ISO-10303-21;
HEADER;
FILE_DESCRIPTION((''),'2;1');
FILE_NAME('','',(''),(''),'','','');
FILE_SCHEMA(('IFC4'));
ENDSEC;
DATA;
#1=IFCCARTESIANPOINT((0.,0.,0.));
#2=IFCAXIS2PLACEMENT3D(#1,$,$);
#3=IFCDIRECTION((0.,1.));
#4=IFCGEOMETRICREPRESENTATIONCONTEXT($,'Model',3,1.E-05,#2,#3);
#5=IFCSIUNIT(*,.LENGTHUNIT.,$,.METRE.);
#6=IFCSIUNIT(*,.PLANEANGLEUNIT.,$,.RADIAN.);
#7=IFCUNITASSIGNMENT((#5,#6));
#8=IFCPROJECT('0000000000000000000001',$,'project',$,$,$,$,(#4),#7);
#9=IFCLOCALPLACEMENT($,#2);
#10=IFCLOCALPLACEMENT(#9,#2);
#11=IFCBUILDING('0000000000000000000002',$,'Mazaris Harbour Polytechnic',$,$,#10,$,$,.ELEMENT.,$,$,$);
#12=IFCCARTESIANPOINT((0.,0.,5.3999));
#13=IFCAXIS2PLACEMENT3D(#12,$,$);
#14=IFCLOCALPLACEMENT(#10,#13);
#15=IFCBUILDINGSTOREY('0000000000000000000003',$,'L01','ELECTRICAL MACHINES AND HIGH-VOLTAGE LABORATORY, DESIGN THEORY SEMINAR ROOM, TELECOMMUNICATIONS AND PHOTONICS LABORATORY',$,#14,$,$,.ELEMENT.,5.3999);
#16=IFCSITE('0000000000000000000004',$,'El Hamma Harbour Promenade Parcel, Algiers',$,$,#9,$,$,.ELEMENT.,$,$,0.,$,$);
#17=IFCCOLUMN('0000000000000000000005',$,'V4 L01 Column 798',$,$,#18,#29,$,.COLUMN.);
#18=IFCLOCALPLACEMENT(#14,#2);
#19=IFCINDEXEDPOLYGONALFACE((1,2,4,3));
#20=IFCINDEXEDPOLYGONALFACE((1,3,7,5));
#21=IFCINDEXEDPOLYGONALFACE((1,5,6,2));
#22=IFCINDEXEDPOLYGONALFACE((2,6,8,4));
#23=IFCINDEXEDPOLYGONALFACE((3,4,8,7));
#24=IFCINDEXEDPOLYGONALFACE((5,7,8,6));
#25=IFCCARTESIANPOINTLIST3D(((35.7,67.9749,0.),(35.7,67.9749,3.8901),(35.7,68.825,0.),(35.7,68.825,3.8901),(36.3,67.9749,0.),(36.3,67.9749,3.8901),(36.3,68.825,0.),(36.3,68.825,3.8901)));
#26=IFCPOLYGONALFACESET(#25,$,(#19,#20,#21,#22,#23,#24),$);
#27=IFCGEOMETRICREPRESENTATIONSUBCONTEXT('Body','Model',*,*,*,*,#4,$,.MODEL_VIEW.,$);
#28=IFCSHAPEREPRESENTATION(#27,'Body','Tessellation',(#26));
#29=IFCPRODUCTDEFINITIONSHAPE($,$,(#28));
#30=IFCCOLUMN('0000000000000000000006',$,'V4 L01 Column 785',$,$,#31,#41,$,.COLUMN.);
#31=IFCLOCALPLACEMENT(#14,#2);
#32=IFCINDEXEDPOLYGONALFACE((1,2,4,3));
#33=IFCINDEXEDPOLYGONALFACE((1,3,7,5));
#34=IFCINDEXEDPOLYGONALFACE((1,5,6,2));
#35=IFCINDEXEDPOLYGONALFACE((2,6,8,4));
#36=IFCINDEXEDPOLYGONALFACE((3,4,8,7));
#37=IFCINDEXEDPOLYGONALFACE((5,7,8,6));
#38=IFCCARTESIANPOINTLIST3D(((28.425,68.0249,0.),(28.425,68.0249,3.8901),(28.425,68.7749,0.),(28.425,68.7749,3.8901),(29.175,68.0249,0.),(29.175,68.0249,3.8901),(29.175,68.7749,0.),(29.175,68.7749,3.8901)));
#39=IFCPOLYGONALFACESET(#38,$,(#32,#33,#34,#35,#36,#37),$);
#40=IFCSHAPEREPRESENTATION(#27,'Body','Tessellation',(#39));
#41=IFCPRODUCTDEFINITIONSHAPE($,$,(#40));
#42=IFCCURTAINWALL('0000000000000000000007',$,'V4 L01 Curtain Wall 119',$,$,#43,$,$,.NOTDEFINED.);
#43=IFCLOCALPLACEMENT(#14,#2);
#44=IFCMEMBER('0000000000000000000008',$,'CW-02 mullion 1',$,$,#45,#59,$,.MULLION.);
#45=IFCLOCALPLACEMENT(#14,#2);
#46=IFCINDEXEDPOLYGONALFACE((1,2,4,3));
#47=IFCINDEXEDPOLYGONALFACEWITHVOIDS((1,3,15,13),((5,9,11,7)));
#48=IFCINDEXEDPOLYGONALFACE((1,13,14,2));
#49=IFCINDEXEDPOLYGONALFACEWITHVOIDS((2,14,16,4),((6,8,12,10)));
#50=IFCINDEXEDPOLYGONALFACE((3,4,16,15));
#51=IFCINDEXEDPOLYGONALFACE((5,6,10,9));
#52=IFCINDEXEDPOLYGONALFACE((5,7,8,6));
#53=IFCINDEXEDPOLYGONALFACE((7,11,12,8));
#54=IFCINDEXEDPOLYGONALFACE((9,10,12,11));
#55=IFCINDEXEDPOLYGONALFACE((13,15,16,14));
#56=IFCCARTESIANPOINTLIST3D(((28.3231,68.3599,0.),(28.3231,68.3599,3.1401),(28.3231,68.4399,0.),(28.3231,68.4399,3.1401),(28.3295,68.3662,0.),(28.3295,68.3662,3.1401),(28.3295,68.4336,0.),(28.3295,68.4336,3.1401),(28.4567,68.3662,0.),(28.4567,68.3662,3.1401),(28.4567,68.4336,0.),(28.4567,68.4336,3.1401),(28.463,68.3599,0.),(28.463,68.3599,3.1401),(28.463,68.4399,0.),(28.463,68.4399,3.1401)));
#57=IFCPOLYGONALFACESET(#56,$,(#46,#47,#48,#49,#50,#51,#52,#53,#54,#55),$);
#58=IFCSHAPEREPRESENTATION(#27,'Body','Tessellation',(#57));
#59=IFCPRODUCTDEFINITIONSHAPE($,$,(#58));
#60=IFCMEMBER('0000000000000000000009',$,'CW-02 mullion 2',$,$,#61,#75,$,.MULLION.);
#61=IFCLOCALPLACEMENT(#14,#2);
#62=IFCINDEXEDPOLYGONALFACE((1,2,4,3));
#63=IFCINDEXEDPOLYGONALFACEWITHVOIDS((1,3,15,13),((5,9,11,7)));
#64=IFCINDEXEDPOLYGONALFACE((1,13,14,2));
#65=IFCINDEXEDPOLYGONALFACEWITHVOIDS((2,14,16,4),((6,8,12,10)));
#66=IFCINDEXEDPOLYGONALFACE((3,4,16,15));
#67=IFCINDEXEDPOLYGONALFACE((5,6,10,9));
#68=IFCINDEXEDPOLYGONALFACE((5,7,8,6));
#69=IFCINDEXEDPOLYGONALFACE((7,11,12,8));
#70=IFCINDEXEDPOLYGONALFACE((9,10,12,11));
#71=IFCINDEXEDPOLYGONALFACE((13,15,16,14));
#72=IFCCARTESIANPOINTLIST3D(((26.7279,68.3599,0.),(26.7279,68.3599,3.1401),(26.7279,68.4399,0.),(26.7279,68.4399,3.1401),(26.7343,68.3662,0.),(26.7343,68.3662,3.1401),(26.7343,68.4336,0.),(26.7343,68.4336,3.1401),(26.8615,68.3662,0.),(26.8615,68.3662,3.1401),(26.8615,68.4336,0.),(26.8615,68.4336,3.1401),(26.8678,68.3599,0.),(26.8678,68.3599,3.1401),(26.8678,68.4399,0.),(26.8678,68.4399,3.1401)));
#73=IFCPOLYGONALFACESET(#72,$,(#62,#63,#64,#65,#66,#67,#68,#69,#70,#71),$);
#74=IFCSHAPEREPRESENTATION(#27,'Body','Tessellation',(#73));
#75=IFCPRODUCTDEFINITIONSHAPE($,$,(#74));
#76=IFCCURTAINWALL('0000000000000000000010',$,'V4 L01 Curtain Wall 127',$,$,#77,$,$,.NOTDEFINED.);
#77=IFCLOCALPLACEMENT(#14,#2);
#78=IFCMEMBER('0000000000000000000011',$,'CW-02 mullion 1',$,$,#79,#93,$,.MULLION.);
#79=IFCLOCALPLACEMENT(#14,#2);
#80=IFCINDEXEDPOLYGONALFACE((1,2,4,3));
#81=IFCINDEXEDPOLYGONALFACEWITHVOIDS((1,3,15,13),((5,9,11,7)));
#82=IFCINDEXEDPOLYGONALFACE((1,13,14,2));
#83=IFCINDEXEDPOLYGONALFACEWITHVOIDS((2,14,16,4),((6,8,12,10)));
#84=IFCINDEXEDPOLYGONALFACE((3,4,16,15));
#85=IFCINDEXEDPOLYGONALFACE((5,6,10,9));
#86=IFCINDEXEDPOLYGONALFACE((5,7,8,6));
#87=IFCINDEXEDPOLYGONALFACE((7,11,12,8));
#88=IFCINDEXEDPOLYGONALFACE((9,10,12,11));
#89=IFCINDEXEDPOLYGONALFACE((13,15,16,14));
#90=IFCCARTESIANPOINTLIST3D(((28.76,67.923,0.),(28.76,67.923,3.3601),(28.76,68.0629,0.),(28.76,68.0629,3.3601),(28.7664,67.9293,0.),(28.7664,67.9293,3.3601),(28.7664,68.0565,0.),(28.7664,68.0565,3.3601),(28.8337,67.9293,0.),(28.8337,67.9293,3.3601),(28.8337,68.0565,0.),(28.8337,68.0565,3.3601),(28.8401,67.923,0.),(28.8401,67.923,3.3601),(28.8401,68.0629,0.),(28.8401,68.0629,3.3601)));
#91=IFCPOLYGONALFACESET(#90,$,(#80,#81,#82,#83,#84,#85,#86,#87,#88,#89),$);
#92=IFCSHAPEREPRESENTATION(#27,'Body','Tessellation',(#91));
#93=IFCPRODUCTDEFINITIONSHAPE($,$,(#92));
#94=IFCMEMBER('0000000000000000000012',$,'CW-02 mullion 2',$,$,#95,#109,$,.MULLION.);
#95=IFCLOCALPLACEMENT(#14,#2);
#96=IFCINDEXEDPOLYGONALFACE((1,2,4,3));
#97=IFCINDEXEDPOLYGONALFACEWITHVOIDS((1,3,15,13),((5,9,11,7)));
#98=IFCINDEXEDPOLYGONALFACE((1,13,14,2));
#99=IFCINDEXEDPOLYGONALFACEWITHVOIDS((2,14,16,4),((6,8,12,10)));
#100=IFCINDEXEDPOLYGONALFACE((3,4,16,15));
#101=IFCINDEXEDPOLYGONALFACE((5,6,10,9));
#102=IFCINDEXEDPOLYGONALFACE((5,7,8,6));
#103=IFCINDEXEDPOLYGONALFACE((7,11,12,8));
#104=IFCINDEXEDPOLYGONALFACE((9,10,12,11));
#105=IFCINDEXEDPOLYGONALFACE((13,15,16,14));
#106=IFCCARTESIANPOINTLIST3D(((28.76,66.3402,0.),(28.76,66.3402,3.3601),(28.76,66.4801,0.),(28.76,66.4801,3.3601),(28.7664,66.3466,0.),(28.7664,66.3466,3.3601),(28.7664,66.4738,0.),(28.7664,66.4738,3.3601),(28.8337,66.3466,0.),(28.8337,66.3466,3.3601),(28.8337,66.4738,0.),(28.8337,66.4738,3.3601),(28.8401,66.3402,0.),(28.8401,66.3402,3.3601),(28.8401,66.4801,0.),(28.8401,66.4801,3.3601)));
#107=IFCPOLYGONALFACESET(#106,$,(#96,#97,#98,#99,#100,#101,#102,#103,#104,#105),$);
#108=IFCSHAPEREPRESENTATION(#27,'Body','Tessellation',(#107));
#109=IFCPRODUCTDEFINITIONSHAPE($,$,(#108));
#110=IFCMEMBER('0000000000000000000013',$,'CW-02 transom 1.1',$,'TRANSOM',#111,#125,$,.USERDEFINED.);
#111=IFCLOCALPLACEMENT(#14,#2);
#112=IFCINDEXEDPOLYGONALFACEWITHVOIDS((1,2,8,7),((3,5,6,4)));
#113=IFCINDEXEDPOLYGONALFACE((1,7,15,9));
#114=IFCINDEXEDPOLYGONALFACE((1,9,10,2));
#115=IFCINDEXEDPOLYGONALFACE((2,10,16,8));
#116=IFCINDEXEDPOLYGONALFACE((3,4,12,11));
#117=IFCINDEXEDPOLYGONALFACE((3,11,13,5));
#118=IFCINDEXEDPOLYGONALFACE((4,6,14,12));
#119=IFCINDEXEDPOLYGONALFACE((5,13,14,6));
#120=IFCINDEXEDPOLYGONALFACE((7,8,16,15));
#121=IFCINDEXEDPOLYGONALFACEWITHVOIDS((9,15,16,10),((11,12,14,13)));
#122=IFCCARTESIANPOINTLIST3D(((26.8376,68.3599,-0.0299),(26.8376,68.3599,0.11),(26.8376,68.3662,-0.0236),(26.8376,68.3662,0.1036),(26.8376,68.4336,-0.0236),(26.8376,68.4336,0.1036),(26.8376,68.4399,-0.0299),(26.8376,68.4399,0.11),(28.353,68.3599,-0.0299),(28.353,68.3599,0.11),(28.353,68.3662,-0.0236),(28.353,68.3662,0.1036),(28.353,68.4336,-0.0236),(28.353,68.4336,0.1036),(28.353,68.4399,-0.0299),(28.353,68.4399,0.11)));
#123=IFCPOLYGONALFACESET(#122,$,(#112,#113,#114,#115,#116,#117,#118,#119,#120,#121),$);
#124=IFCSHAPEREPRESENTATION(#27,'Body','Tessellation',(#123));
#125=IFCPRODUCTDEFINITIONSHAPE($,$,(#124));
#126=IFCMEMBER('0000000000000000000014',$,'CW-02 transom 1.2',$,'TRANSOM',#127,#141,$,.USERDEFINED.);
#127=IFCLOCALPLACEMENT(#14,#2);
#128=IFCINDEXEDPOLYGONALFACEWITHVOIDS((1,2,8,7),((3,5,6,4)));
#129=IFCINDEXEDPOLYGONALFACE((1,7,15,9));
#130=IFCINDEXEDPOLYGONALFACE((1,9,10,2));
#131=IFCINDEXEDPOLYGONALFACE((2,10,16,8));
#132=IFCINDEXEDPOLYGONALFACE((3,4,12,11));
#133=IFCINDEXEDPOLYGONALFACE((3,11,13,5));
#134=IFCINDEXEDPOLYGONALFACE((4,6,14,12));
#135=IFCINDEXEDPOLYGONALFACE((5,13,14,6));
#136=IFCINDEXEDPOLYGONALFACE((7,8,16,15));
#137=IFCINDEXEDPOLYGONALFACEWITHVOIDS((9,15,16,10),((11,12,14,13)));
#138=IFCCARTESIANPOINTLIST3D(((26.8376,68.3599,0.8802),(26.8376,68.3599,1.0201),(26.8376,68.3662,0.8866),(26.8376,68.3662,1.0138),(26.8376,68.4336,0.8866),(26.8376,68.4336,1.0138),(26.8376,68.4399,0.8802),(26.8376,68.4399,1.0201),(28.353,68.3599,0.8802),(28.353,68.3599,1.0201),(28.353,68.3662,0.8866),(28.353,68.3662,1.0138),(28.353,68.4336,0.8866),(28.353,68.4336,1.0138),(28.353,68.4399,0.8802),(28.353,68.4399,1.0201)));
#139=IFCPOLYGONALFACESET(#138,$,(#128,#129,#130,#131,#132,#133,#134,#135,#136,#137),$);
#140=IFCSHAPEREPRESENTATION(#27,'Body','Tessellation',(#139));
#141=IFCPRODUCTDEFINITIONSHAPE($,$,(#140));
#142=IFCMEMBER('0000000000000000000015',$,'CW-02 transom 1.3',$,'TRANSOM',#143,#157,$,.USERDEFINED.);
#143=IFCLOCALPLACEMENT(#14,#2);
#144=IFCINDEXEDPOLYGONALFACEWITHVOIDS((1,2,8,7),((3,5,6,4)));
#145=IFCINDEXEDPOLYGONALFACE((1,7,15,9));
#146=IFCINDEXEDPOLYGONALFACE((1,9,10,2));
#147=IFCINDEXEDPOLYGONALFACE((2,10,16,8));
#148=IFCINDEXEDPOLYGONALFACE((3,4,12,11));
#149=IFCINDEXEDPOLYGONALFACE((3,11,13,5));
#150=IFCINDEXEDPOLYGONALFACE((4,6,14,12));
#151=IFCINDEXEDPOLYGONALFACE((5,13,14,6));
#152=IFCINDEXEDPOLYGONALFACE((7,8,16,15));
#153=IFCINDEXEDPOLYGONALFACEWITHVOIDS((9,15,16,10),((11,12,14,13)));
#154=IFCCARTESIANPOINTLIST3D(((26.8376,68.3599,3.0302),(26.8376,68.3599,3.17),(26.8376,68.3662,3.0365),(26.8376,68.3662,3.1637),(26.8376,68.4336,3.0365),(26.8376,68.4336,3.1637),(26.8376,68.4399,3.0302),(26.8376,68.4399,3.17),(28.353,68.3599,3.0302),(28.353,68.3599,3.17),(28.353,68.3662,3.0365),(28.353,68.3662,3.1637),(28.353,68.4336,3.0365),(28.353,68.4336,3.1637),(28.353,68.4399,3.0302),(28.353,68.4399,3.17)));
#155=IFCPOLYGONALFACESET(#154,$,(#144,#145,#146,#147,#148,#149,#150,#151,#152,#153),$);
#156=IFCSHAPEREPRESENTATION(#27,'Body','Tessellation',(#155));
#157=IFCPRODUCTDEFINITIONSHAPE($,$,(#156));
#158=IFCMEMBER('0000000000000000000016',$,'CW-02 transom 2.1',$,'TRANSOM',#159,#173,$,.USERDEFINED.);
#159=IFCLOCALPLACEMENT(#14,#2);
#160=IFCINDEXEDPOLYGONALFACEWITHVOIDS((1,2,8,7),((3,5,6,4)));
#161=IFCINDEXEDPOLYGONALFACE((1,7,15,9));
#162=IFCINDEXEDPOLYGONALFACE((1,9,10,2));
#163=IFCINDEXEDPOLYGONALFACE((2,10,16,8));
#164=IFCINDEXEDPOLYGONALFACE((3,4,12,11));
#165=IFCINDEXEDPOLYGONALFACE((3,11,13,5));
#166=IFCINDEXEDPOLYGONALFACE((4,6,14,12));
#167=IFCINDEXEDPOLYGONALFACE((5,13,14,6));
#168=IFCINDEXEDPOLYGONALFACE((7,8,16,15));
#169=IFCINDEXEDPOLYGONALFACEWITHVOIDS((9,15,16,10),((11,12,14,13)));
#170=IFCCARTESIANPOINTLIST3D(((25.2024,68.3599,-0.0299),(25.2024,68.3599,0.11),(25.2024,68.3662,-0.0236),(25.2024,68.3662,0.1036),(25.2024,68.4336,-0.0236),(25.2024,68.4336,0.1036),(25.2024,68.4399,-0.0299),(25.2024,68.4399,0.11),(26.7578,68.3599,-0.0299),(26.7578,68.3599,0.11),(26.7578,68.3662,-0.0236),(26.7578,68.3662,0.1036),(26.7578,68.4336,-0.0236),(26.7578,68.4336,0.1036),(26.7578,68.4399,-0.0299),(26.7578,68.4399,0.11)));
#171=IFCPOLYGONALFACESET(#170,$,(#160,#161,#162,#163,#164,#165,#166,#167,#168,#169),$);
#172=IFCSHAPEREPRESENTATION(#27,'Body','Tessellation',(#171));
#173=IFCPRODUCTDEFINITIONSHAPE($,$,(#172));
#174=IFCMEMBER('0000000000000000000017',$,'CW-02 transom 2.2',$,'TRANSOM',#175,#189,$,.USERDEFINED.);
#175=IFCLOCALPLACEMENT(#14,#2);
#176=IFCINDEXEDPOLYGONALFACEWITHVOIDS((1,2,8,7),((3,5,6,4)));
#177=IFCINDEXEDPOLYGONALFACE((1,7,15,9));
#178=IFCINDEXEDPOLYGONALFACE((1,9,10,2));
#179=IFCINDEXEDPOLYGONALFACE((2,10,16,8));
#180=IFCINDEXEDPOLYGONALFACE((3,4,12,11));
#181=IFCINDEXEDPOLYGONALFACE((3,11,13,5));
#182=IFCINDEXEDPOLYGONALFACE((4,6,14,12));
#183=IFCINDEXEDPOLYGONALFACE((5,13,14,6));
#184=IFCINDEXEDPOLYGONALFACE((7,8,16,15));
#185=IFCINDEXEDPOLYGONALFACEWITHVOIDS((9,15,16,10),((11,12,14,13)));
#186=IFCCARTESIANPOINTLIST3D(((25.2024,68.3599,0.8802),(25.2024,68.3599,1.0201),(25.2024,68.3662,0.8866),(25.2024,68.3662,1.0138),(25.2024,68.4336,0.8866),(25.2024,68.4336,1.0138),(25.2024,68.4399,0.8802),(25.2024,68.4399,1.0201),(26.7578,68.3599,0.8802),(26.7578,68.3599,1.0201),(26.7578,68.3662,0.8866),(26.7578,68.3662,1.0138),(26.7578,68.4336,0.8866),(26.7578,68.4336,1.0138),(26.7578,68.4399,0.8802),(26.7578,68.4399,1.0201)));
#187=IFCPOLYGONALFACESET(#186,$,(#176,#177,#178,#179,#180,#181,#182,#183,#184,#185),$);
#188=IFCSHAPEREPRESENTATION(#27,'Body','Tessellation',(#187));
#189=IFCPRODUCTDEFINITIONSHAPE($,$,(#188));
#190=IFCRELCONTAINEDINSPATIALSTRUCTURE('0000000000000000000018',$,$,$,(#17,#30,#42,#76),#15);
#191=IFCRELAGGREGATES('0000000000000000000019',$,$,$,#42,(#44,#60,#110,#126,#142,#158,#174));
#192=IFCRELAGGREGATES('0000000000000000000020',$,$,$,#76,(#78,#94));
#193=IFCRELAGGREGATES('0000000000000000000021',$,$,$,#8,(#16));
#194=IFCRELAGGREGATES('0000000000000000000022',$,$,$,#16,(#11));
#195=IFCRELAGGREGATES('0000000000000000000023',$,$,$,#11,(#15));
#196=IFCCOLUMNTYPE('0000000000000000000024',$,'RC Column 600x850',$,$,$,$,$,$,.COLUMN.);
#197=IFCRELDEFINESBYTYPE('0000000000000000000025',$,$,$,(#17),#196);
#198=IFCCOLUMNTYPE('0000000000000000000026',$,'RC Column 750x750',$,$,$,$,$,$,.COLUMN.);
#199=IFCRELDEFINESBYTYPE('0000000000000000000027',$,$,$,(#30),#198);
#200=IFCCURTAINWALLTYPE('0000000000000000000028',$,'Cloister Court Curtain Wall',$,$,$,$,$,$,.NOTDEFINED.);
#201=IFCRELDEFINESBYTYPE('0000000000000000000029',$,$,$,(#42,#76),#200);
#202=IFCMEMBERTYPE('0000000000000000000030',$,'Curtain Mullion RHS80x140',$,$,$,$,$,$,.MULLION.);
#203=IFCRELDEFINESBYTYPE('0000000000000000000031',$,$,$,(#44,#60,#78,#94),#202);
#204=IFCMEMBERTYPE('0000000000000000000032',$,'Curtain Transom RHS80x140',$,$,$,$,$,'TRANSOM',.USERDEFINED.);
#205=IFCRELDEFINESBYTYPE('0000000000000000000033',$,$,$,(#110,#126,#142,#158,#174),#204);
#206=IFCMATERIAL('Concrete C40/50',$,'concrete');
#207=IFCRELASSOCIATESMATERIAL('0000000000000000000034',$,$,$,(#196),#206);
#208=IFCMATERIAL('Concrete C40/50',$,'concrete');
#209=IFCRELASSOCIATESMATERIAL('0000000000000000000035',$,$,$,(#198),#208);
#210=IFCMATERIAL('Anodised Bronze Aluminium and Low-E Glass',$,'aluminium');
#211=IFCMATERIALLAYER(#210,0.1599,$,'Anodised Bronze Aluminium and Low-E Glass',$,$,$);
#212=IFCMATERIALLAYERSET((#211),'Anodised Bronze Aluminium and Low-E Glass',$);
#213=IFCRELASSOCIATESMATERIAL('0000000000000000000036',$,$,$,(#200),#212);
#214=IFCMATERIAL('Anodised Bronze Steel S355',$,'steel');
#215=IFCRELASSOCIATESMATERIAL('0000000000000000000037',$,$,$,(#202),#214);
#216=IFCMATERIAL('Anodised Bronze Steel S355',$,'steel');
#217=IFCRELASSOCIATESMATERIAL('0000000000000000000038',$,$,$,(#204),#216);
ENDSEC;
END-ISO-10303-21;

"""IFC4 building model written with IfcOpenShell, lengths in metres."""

from ifc_helpers import new_model, si_unit, direction, frame, origin, origin_2d, place, context, subcontext, project, spatial, rectangle, hollow_rectangle, extrude, material, layer, layer_set, material_profile, profile_set, type_object, element, aggregate, save


model = new_model("IFC4")

# Units and contexts
model_context = context("Model", 3, precision=1e-05, world=origin(), true_north=direction((0.0, 1.0)))
body_context = subcontext(model_context, "Body", "Model", "MODEL_VIEW")
ifc_project = project(units=[si_unit("LENGTHUNIT", "METRE"), si_unit("PLANEANGLEUNIT", "RADIAN")], contexts=[model_context])

# Site, building, storey
site_placement = place(None, origin())
site = spatial("IfcSite", under=ifc_project, at=site_placement, Name="El Hamma Harbour Promenade Parcel, Algiers", CompositionType="ELEMENT", RefElevation=0.0)
building_placement = place(site_placement, origin())
building = spatial("IfcBuilding", under=site, at=building_placement, Name="Mazaris Harbour Polytechnic", CompositionType="ELEMENT")
storey_placement = place(building_placement, frame((0.0, 0.0, 5.3999)))
storey = spatial("IfcBuildingStorey", under=building, at=storey_placement, Name="L01", Description="ELECTRICAL MACHINES AND HIGH-VOLTAGE LABORATORY, DESIGN THEORY SEMINAR ROOM, TELECOMMUNICATIONS AND PHOTONICS LABORATORY", CompositionType="ELEMENT", Elevation=5.3999)

# Columns
ifc_material_1 = material(Name="Concrete C40/50", Category="concrete")
ifc_material_profile_1 = material_profile(ifc_material_1, rectangle(XDim=0.6001, YDim=0.8501, at=origin_2d()), Name="RECT600x850")
ifc_profile_set_1 = profile_set([ifc_material_profile_1], Name="Concrete C40/50")
column_type_1 = type_object("IfcColumnType", Name="RC Column 600x850", PredefinedType="COLUMN", material=ifc_profile_set_1)
column_1_placement = place(storey_placement, frame((36.0, 68.3999, 0.0), z_axis=(0.0, 0.0, 1.0), x_axis=(1.0, 0.0, 0.0)))
element("IfcColumn", 1, at=column_1_placement, inside=storey, type_object=column_type_1, Name="V4 L01 Column 798", PredefinedType="COLUMN", context=body_context, shape_type="SweptSolid", body=[
    extrude(rectangle(XDim=0.6001, YDim=0.8501, at=origin_2d()), origin(), (0.0, 0.0, 1.0), 3.8901),
])
ifc_material_2 = material(Name="Concrete C40/50", Category="concrete")
ifc_material_profile_2 = material_profile(ifc_material_2, rectangle(XDim=0.75, YDim=0.75, at=origin_2d()), Name="RECT750x750")
ifc_profile_set_2 = profile_set([ifc_material_profile_2], Name="Concrete C40/50")
column_type_2 = type_object("IfcColumnType", Name="RC Column 750x750", PredefinedType="COLUMN", material=ifc_profile_set_2)
column_2_placement = place(storey_placement, frame((28.8, 68.3999, 0.0), z_axis=(0.0, 0.0, 1.0), x_axis=(1.0, 0.0, 0.0)))
element("IfcColumn", 2, at=column_2_placement, inside=storey, type_object=column_type_2, Name="V4 L01 Column 785", PredefinedType="COLUMN", context=body_context, shape_type="SweptSolid", body=[
    extrude(rectangle(XDim=0.75, YDim=0.75, at=origin_2d()), origin(), (0.0, 0.0, 1.0), 3.8901),
])

# Curtain walls, members
ifc_material_3 = material(Name="Anodised Bronze Aluminium and Low-E Glass", Category="aluminium")
ifc_layer_1 = layer(ifc_material_3, 0.1599, Name="Anodised Bronze Aluminium and Low-E Glass")
ifc_layer_set_1 = layer_set([ifc_layer_1], Name="Anodised Bronze Aluminium and Low-E Glass")
curtain_wall_type = type_object("IfcCurtainWallType", Name="Cloister Court Curtain Wall", PredefinedType="NOTDEFINED", material=ifc_layer_set_1)
curtain_wall_1_placement = place(storey_placement, origin())
curtain_wall_1 = element("IfcCurtainWall", 3, at=curtain_wall_1_placement, inside=storey, type_object=curtain_wall_type, Name="V4 L01 Curtain Wall 119", PredefinedType="NOTDEFINED")
ifc_material_4 = material(Name="Anodised Bronze Steel S355", Category="steel")
ifc_material_profile_3 = material_profile(ifc_material_4, hollow_rectangle(XDim=0.0801, YDim=0.1399, WallThickness=0.0063, at=origin_2d()), Name="RHS 80x140x6.3")
ifc_profile_set_3 = profile_set([ifc_material_profile_3], Name="Anodised Bronze Steel S355")
member_type_1 = type_object("IfcMemberType", Name="Curtain Mullion RHS80x140", PredefinedType="MULLION", material=ifc_profile_set_3)
member_1_placement = place(storey_placement, frame((28.3931, 68.3999, 0.0), z_axis=(0.0, 0.0, 1.0), x_axis=(0.0, -1.0, 0.0)))
member_1 = element("IfcMember", 4, at=member_1_placement, type_object=member_type_1, Name="CW-02 mullion 1", PredefinedType="MULLION", context=body_context, shape_type="SweptSolid", body=[
    extrude(hollow_rectangle(XDim=0.0801, YDim=0.1399, WallThickness=0.0063, at=origin_2d()), origin(), (0.0, 0.0, 1.0), 3.1401),
])
member_2_placement = place(storey_placement, frame((26.7979, 68.3999, 0.0), z_axis=(0.0, 0.0, 1.0), x_axis=(0.0, -1.0, 0.0)))
member_2 = element("IfcMember", 5, at=member_2_placement, type_object=member_type_1, Name="CW-02 mullion 2", PredefinedType="MULLION", context=body_context, shape_type="SweptSolid", body=[
    extrude(hollow_rectangle(XDim=0.0801, YDim=0.1399, WallThickness=0.0063, at=origin_2d()), origin(), (0.0, 0.0, 1.0), 3.1401),
])
curtain_wall_2_placement = place(storey_placement, origin())
curtain_wall_2 = element("IfcCurtainWall", 6, at=curtain_wall_2_placement, inside=storey, type_object=curtain_wall_type, Name="V4 L01 Curtain Wall 127", PredefinedType="NOTDEFINED")
member_3_placement = place(storey_placement, frame((28.8, 67.9929, 0.0), z_axis=(0.0, 0.0, 1.0), x_axis=(1.0, 0.0, 0.0)))
member_3 = element("IfcMember", 7, at=member_3_placement, type_object=member_type_1, Name="CW-02 mullion 1", PredefinedType="MULLION", context=body_context, shape_type="SweptSolid", body=[
    extrude(hollow_rectangle(XDim=0.0801, YDim=0.1399, WallThickness=0.0063, at=origin_2d()), origin(), (0.0, 0.0, 1.0), 3.3601),
])
member_4_placement = place(storey_placement, frame((28.8, 66.4102, 0.0), z_axis=(0.0, 0.0, 1.0), x_axis=(1.0, 0.0, 0.0)))
member_4 = element("IfcMember", 8, at=member_4_placement, type_object=member_type_1, Name="CW-02 mullion 2", PredefinedType="MULLION", context=body_context, shape_type="SweptSolid", body=[
    extrude(hollow_rectangle(XDim=0.0801, YDim=0.1399, WallThickness=0.0063, at=origin_2d()), origin(), (0.0, 0.0, 1.0), 3.3601),
])

# Members
ifc_material_5 = material(Name="Anodised Bronze Steel S355", Category="steel")
ifc_material_profile_4 = material_profile(ifc_material_5, hollow_rectangle(XDim=0.0801, YDim=0.1399, WallThickness=0.0063, at=origin_2d()), Name="RHS 80x140x6.3")
ifc_profile_set_4 = profile_set([ifc_material_profile_4], Name="Anodised Bronze Steel S355")
member_type_2 = type_object("IfcMemberType", Name="Curtain Transom RHS80x140", ElementType="TRANSOM", PredefinedType="USERDEFINED", material=ifc_profile_set_4)
member_5_placement = place(storey_placement, frame((28.353, 68.3999, 0.04), z_axis=(-1.0, 0.0, 0.0), x_axis=(0.0, -1.0, 0.0)))
member_5 = element("IfcMember", 9, at=member_5_placement, type_object=member_type_2, Name="CW-02 transom 1.1", ObjectType="TRANSOM", PredefinedType="USERDEFINED", context=body_context, shape_type="SweptSolid", body=[
    extrude(hollow_rectangle(XDim=0.0801, YDim=0.1399, WallThickness=0.0063, at=origin_2d()), origin(), (0.0, 0.0, 1.0), 1.5154),
])
member_6_placement = place(storey_placement, frame((28.353, 68.3999, 0.9502), z_axis=(-1.0, 0.0, 0.0), x_axis=(0.0, -1.0, 0.0)))
member_6 = element("IfcMember", 10, at=member_6_placement, type_object=member_type_2, Name="CW-02 transom 1.2", ObjectType="TRANSOM", PredefinedType="USERDEFINED", context=body_context, shape_type="SweptSolid", body=[
    extrude(hollow_rectangle(XDim=0.0801, YDim=0.1399, WallThickness=0.0063, at=origin_2d()), origin(), (0.0, 0.0, 1.0), 1.5154),
])
member_7_placement = place(storey_placement, frame((28.353, 68.3999, 3.1001), z_axis=(-1.0, 0.0, 0.0), x_axis=(0.0, -1.0, 0.0)))
member_7 = element("IfcMember", 11, at=member_7_placement, type_object=member_type_2, Name="CW-02 transom 1.3", ObjectType="TRANSOM", PredefinedType="USERDEFINED", context=body_context, shape_type="SweptSolid", body=[
    extrude(hollow_rectangle(XDim=0.0801, YDim=0.1399, WallThickness=0.0063, at=origin_2d()), origin(), (0.0, 0.0, 1.0), 1.5154),
])
member_8_placement = place(storey_placement, frame((26.7578, 68.3999, 0.04), z_axis=(-1.0, 0.0, 0.0), x_axis=(0.0, -1.0, 0.0)))
member_8 = element("IfcMember", 12, at=member_8_placement, type_object=member_type_2, Name="CW-02 transom 2.1", ObjectType="TRANSOM", PredefinedType="USERDEFINED", context=body_context, shape_type="SweptSolid", body=[
    extrude(hollow_rectangle(XDim=0.0801, YDim=0.1399, WallThickness=0.0063, at=origin_2d()), origin(), (0.0, 0.0, 1.0), 1.5554),
])
member_9_placement = place(storey_placement, frame((26.7578, 68.3999, 0.9502), z_axis=(-1.0, 0.0, 0.0), x_axis=(0.0, -1.0, 0.0)))
member_9 = element("IfcMember", 13, at=member_9_placement, type_object=member_type_2, Name="CW-02 transom 2.2", ObjectType="TRANSOM", PredefinedType="USERDEFINED", context=body_context, shape_type="SweptSolid", body=[
    extrude(hollow_rectangle(XDim=0.0801, YDim=0.1399, WallThickness=0.0063, at=origin_2d()), origin(), (0.0, 0.0, 1.0), 1.5554),
])

aggregate(curtain_wall_1, [member_1, member_2, member_5, member_6, member_7, member_8, member_9])
aggregate(curtain_wall_2, [member_3, member_4])

save(model, "model.ifc")
